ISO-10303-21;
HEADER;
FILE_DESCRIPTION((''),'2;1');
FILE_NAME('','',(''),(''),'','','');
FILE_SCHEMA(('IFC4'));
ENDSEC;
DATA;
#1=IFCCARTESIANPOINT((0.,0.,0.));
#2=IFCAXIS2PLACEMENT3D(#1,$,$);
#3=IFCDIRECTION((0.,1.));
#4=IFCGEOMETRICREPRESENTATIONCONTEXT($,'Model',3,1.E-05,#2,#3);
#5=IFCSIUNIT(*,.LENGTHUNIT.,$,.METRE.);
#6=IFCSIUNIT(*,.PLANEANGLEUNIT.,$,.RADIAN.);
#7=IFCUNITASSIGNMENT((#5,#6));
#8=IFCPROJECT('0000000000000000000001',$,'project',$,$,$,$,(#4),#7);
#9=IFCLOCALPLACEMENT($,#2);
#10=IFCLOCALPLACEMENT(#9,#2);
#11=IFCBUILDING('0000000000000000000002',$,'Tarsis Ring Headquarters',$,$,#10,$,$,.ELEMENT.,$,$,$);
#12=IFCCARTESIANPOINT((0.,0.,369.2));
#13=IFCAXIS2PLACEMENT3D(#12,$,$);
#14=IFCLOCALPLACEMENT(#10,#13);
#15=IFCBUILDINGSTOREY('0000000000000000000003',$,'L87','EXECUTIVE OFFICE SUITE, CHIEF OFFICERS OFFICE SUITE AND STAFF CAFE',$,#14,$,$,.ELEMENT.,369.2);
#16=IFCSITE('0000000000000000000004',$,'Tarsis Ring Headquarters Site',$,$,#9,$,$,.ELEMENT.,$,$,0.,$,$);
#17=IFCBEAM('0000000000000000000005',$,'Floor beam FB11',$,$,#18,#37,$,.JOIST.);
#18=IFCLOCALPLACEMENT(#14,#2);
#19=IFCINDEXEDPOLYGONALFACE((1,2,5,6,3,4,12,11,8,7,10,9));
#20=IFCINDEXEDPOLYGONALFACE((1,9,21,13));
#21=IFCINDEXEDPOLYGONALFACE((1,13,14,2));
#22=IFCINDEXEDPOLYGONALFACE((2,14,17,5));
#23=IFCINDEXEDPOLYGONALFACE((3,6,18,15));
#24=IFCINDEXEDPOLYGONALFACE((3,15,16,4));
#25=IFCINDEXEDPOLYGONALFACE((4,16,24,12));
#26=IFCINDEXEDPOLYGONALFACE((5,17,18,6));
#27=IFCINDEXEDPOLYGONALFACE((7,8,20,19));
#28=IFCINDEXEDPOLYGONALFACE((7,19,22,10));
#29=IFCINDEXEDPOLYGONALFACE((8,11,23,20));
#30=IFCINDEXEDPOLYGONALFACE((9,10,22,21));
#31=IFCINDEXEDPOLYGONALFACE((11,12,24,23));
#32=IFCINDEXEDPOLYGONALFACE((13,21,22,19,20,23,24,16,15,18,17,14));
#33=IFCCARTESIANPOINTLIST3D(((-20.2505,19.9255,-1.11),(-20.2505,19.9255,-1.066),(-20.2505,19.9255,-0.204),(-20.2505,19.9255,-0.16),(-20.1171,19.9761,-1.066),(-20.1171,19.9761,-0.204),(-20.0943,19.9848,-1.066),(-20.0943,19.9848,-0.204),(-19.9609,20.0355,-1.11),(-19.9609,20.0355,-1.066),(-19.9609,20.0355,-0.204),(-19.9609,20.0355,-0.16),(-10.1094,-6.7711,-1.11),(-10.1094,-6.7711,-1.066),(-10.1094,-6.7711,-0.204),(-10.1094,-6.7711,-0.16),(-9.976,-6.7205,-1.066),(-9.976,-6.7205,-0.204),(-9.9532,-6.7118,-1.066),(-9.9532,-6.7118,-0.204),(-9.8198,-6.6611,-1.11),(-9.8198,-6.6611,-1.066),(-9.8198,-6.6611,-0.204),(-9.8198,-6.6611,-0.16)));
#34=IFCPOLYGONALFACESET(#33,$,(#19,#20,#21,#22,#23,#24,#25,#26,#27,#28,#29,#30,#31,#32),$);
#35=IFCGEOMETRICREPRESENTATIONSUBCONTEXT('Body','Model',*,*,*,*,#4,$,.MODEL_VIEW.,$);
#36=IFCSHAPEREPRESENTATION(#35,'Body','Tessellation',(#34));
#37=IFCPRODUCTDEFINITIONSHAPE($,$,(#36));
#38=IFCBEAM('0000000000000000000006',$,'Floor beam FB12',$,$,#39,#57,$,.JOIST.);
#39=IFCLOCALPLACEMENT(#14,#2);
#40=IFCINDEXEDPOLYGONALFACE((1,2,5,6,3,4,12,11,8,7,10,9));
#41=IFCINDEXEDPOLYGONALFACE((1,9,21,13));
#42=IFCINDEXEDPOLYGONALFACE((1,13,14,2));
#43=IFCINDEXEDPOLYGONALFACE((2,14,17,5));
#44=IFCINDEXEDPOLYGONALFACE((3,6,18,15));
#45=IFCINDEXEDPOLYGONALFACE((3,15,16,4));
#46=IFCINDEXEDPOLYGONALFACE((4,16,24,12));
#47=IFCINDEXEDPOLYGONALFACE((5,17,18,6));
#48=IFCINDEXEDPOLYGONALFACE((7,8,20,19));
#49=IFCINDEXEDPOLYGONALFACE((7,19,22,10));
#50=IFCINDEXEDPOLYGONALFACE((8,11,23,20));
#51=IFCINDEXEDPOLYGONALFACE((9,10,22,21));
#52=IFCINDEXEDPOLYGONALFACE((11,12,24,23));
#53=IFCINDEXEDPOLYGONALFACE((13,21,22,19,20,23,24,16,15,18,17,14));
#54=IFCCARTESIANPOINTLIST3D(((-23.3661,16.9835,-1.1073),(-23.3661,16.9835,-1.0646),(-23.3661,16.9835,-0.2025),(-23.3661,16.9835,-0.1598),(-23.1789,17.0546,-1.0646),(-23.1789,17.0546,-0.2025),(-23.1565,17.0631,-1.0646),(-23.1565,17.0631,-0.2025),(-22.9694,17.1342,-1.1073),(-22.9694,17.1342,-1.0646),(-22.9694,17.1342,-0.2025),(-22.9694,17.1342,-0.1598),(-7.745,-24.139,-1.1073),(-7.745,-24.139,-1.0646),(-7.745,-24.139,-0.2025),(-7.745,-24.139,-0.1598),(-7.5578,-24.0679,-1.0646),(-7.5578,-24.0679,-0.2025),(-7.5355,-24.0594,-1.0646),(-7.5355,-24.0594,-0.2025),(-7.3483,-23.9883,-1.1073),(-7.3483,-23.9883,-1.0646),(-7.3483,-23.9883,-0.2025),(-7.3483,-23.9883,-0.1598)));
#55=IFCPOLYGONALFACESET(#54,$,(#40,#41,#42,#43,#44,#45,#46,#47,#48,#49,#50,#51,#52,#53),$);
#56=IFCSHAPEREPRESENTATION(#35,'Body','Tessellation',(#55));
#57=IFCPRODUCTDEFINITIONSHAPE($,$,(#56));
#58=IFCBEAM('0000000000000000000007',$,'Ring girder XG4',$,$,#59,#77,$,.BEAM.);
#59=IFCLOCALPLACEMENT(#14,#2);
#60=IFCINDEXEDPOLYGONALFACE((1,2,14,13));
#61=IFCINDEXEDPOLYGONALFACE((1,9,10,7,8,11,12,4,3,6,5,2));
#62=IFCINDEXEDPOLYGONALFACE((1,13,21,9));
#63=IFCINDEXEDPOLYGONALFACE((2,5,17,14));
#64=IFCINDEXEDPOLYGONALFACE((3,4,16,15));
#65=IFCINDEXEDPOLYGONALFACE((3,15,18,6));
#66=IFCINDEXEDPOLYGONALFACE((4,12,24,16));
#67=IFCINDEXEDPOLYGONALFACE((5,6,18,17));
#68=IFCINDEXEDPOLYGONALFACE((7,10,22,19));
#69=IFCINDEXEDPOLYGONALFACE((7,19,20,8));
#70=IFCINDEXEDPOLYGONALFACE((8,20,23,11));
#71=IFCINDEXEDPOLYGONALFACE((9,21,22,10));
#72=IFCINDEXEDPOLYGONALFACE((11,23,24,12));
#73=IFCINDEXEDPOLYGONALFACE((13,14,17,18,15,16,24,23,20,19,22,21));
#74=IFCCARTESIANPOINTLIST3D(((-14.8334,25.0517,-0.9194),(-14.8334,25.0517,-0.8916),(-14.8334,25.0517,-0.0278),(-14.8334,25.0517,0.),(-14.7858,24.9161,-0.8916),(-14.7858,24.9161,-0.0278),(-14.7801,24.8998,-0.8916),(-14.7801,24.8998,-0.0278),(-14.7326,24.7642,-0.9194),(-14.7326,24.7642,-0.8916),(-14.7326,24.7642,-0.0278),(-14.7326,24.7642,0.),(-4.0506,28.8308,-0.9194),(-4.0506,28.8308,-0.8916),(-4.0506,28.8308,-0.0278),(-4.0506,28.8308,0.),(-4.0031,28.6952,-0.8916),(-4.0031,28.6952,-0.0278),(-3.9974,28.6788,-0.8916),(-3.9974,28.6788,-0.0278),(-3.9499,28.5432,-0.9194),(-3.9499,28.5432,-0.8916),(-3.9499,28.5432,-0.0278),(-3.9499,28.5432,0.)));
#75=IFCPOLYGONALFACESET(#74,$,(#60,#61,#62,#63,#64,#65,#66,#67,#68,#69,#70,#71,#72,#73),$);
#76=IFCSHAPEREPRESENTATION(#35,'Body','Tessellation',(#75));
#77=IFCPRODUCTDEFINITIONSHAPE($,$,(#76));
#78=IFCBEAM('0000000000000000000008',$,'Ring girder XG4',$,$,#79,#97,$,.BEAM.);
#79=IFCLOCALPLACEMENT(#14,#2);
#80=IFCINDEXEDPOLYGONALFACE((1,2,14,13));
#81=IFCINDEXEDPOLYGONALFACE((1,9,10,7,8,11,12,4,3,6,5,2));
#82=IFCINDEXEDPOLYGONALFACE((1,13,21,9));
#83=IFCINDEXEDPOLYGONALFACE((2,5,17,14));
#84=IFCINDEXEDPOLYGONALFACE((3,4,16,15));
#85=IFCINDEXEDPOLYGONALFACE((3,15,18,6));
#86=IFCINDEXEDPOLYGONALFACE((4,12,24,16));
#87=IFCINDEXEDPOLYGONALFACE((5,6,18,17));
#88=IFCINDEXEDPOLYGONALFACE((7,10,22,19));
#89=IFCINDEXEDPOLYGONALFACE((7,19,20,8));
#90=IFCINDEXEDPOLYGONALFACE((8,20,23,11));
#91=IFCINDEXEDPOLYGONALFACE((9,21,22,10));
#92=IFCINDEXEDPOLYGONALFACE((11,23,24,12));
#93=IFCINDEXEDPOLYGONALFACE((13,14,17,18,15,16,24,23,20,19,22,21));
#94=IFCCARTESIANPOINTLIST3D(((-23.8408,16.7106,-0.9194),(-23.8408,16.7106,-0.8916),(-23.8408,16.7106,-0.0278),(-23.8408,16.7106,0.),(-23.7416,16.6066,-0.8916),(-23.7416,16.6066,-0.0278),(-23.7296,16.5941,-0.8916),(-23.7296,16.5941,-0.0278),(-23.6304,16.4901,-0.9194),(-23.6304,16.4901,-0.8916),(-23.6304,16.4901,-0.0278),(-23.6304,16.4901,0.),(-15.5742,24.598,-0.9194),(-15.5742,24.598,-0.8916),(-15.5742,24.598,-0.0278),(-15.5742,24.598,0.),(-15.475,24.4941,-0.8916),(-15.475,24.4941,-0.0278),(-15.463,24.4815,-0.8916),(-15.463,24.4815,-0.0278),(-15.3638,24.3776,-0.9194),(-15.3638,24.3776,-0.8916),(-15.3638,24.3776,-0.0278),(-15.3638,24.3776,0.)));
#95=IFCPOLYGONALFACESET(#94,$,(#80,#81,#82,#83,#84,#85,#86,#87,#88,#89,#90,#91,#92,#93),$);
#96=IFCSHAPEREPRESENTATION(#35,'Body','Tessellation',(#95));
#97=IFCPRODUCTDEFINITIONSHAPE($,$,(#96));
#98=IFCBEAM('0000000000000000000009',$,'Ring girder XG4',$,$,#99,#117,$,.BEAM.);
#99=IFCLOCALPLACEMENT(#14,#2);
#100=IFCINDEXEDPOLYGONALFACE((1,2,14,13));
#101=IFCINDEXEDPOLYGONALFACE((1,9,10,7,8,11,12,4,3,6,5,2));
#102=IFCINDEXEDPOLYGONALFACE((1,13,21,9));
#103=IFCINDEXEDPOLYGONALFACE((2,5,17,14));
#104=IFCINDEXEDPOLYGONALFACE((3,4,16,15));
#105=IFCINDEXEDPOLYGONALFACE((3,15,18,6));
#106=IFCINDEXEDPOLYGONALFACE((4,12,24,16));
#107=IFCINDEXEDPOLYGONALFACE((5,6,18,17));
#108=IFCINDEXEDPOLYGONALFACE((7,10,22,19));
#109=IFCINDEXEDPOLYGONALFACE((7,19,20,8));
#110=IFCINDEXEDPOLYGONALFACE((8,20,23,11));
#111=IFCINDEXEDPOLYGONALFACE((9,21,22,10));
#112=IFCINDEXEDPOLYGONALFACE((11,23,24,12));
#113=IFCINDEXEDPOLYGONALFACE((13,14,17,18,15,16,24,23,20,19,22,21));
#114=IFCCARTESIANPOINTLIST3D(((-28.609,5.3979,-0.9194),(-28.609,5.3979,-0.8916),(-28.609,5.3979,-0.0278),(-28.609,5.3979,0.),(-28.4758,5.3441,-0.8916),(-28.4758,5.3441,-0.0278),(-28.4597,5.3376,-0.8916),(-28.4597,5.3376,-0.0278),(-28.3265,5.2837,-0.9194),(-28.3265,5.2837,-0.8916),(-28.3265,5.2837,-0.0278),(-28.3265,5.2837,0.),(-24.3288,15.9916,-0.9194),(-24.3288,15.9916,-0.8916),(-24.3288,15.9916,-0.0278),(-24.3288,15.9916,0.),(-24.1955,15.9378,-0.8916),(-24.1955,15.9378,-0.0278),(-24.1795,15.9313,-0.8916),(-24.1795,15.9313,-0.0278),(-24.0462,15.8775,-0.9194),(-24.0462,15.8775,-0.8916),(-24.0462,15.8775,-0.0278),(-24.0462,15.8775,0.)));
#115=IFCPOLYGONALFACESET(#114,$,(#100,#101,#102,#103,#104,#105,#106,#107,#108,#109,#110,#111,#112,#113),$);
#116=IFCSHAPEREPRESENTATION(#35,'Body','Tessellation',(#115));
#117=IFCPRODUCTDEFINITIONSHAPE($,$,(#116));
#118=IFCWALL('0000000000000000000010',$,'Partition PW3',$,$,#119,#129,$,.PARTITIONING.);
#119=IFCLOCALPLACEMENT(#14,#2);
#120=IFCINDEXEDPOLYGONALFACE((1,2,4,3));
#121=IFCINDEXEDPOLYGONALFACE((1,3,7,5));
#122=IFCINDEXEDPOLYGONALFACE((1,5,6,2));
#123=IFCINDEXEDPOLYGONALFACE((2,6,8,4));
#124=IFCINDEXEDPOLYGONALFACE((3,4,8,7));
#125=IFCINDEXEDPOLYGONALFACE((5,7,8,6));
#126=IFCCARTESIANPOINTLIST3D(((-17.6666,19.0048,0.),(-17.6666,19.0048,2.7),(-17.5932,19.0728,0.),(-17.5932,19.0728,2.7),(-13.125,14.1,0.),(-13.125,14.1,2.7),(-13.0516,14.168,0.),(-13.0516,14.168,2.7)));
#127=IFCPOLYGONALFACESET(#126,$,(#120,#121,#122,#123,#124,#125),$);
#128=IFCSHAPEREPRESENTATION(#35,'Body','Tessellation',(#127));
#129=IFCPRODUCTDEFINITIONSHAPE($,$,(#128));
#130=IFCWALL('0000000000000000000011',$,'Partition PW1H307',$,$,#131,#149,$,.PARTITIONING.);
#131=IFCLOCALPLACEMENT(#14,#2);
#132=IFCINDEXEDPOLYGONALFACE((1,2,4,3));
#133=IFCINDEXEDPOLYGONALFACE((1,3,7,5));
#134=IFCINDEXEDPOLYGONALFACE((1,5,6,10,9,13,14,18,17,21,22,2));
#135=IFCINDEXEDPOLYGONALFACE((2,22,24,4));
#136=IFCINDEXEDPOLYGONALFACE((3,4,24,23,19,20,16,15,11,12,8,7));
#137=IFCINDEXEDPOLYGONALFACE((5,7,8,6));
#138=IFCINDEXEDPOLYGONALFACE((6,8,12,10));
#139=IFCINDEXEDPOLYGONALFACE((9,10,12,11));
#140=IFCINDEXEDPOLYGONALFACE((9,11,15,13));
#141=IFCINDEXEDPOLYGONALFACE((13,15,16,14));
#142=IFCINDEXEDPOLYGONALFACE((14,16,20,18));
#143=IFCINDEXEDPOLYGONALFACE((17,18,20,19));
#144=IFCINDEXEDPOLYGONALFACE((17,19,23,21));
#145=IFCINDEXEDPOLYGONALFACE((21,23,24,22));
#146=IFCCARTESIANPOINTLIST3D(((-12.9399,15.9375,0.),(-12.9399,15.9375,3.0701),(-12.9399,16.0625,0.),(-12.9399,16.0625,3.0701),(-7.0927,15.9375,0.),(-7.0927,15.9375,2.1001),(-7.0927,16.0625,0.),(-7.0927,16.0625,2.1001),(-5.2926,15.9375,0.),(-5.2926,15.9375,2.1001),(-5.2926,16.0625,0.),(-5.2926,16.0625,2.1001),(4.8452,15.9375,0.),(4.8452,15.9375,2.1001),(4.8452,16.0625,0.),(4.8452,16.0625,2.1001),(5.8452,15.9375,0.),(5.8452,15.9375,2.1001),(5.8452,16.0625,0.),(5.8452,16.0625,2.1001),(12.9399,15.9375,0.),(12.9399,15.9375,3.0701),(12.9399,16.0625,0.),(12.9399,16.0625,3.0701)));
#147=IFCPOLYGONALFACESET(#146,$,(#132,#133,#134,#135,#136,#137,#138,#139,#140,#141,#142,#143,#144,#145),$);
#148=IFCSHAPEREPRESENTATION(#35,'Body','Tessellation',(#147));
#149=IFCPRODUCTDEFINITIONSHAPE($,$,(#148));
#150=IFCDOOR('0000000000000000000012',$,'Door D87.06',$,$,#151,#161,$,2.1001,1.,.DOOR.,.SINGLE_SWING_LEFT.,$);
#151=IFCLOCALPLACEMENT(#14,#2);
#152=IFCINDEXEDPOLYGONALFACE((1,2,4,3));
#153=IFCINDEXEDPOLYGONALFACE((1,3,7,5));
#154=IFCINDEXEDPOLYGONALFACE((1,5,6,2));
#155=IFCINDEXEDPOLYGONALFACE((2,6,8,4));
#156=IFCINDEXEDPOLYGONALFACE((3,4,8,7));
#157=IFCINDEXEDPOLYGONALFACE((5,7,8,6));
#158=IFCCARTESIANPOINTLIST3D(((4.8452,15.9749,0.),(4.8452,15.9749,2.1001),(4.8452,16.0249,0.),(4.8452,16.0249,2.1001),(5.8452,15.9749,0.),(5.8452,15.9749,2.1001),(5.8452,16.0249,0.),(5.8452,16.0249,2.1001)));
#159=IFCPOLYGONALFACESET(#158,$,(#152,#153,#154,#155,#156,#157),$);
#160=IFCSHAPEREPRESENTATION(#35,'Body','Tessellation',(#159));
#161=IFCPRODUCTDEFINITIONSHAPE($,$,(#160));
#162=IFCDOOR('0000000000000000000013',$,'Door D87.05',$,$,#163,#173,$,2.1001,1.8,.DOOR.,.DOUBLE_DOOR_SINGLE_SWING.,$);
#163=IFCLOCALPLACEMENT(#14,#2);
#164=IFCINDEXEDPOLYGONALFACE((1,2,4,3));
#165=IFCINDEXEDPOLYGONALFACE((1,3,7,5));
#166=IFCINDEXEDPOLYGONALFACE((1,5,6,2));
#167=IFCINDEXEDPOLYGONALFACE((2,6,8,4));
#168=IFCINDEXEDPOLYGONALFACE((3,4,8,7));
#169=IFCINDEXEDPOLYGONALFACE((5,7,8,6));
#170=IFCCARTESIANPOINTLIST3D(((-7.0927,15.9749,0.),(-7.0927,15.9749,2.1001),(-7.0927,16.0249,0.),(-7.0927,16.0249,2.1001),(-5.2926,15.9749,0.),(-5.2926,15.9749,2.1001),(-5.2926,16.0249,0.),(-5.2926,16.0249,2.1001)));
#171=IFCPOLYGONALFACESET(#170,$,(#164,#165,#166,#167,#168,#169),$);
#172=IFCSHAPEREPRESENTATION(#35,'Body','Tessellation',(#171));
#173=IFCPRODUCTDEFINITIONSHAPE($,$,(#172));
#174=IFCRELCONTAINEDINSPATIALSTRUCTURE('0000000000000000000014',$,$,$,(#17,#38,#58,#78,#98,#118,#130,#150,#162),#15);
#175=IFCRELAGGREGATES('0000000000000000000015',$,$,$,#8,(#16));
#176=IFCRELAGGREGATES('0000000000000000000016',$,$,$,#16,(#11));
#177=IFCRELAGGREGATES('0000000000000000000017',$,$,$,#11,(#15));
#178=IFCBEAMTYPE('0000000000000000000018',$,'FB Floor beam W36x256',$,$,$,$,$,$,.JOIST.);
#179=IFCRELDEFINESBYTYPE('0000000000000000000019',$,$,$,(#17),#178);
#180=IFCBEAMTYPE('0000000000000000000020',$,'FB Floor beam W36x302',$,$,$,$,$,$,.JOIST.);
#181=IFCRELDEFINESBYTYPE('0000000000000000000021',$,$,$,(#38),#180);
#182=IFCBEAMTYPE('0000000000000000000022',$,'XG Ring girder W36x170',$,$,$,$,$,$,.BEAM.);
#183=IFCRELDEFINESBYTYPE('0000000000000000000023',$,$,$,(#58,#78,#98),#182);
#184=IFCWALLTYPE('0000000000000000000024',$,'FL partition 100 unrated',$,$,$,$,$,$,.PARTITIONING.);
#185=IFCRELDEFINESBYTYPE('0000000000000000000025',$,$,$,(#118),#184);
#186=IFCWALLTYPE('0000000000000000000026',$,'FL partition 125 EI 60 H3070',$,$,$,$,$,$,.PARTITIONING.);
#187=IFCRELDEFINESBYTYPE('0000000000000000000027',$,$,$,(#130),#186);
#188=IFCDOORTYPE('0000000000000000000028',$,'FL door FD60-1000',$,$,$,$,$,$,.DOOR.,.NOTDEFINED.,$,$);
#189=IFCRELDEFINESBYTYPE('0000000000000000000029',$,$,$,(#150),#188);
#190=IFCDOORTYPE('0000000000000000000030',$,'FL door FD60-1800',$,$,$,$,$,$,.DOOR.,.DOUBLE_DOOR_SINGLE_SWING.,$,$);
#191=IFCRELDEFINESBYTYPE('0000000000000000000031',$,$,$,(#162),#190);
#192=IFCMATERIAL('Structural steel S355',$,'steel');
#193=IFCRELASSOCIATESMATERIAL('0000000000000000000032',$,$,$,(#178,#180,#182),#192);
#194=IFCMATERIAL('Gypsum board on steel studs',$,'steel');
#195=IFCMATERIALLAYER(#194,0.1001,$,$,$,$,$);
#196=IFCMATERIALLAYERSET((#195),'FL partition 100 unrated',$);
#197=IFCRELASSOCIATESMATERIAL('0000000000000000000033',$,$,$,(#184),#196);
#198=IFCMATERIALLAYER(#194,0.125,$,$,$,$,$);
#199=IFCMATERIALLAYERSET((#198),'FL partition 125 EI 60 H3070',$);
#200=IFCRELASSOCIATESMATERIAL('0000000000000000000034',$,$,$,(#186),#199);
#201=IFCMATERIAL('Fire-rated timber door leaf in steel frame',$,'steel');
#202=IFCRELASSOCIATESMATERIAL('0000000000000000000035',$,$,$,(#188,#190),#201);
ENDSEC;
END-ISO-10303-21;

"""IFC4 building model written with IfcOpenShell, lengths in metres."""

from ifc_helpers import new_model, si_unit, direction, frame, frame_2d, origin, origin_2d, place, context, subcontext, project, spatial, rectangle, i_section, extrude, material, layer, layer_set, material_profile, profile_set, type_object, element, fill, save


model = new_model("IFC4")

# Units and contexts
model_context = context("Model", 3, precision=1e-05, world=origin(), true_north=direction((0.0, 1.0)))
body_context = subcontext(model_context, "Body", "Model", "MODEL_VIEW")
ifc_project = project(units=[si_unit("LENGTHUNIT", "METRE"), si_unit("PLANEANGLEUNIT", "RADIAN")], contexts=[model_context])

# Site, building, storey
site_placement = place(None, origin())
site = spatial("IfcSite", under=ifc_project, at=site_placement, Name="Tarsis Ring Headquarters Site", CompositionType="ELEMENT", RefElevation=0.0)
building_placement = place(site_placement, origin())
building = spatial("IfcBuilding", under=site, at=building_placement, Name="Tarsis Ring Headquarters", CompositionType="ELEMENT")
storey_placement = place(building_placement, frame((0.0, 0.0, 369.2)))
storey = spatial("IfcBuildingStorey", under=building, at=storey_placement, Name="L87", Description="EXECUTIVE OFFICE SUITE, CHIEF OFFICERS OFFICE SUITE AND STAFF CAFE", CompositionType="ELEMENT", Elevation=369.2)

# Shared definitions
ifc_material_1 = material(Name="Structural steel S355", Category="steel")

# Beams
ifc_material_profile_1 = material_profile(ifc_material_1, i_section(OverallWidth=0.3098, OverallDepth=0.95, WebThickness=0.0244, FlangeThickness=0.0439, at=origin_2d()), Name="W36x256")
ifc_profile_set_1 = profile_set([ifc_material_profile_1], Name="Structural steel S355")
beam_type_1 = type_object("IfcBeamType", Name="FB Floor beam W36x256", PredefinedType="JOIST", material=ifc_profile_set_1)
beam_1_placement = place(storey_placement, frame((-20.1057, 19.9805, -0.635), z_axis=(0.355109, -0.934825, 0.0), x_axis=(0.934825, 0.355109, 0.0)))
element("IfcBeam", 1, at=beam_1_placement, inside=storey, type_object=beam_type_1, Name="Floor beam FB11", PredefinedType="JOIST", context=body_context, shape_type="SweptSolid", body=[
    extrude(i_section(OverallWidth=0.3098, OverallDepth=0.95, WebThickness=0.0244, FlangeThickness=0.0439, at=origin_2d()), origin(), (0.0, 0.0, 1.0), 28.5579),
])
ifc_material_profile_2 = material_profile(ifc_material_1, i_section(OverallWidth=0.4243, OverallDepth=0.9475, WebThickness=0.0239, FlangeThickness=0.0427, at=origin_2d()), Name="W36x302")
ifc_profile_set_2 = profile_set([ifc_material_profile_2], Name="Structural steel S355")
beam_type_2 = type_object("IfcBeamType", Name="FB Floor beam W36x302", PredefinedType="JOIST", material=ifc_profile_set_2)
beam_2_placement = place(storey_placement, frame((-23.1677, 17.0588, -0.6335), z_axis=(0.355109, -0.934825, 0.0), x_axis=(0.934825, 0.355109, 0.0)))
element("IfcBeam", 2, at=beam_2_placement, inside=storey, type_object=beam_type_2, Name="Floor beam FB12", PredefinedType="JOIST", context=body_context, shape_type="SweptSolid", body=[
    extrude(i_section(OverallWidth=0.4243, OverallDepth=0.9475, WebThickness=0.0239, FlangeThickness=0.0427, at=origin_2d()), origin(), (0.0, 0.0, 1.0), 43.9895),
])
ifc_material_profile_3 = material_profile(ifc_material_1, i_section(OverallWidth=0.3047, OverallDepth=0.9194, WebThickness=0.0173, FlangeThickness=0.0278, at=origin_2d()), Name="W36x170")
ifc_profile_set_3 = profile_set([ifc_material_profile_3], Name="Structural steel S355")
beam_type_3 = type_object("IfcBeamType", Name="XG Ring girder W36x170", PredefinedType="BEAM", material=ifc_profile_set_3)
for number, where, z_axis, x_axis, name in (
    (3, (-4.0002, 28.687, -0.4597), (-0.943719, -0.330748, 0.0), (0.330748, -0.943719, 0.0), "Ring girder XG4"),
    (4, (-15.469, 24.4878, -0.4597), (-0.723504, -0.69032, 0.0), (0.69032, -0.723504, 0.0), "Ring girder XG4"),
    (5, (-24.1875, 15.9346, -0.4597), (-0.374616, -0.92718, 0.0), (0.92718, -0.374616, 0.0), "Ring girder XG4"),
):
    element("IfcBeam", number, at=place(storey_placement, frame(where, z_axis=z_axis, x_axis=x_axis)), inside=storey, type_object=beam_type_3, Name=name, PredefinedType="BEAM", context=body_context, shape_type="SweptSolid", body=[
        extrude(i_section(OverallWidth=0.3047, OverallDepth=0.9194, WebThickness=0.0173, FlangeThickness=0.0278, at=origin_2d()), origin(), (0.0, 0.0, 1.0), 11.4258),
    ])

# Wall
ifc_material_2 = material(Name="Gypsum board on steel studs", Category="steel")
ifc_layer_1 = layer(ifc_material_2, 0.1001)
ifc_layer_set_1 = layer_set([ifc_layer_1], Name="FL partition 100 unrated")
wall_type_1 = type_object("IfcWallType", Name="FL partition 100 unrated", PredefinedType="PARTITIONING", material=ifc_layer_set_1)
wall_1_placement = place(storey_placement, frame((-17.6299, 19.0388, 0.0), z_axis=(0.0, 0.0, 1.0), x_axis=(0.679411, -0.733758, 0.0)))
element("IfcWall", 6, at=wall_1_placement, inside=storey, type_object=wall_type_1, Name="Partition PW3", PredefinedType="PARTITIONING", context=body_context, shape_type="SweptSolid", body=[
    extrude(rectangle(XDim=6.6846, YDim=0.1001, at=frame_2d((3.3423, 0.0))), origin(), (0.0, 0.0, 1.0), 2.7),
])

# Wall, openings, doors
ifc_layer_2 = layer(ifc_material_2, 0.125)
ifc_layer_set_2 = layer_set([ifc_layer_2], Name="FL partition 125 EI 60 H3070")
wall_type_2 = type_object("IfcWallType", Name="FL partition 125 EI 60 H3070", PredefinedType="PARTITIONING", material=ifc_layer_set_2)
wall_2_placement = place(storey_placement, frame((-12.9399, 16.0, 0.0), z_axis=(0.0, 0.0, 1.0), x_axis=(1.0, 0.0, 0.0)))
wall_2 = element("IfcWall", 7, at=wall_2_placement, inside=storey, type_object=wall_type_2, Name="Partition PW1H307", PredefinedType="PARTITIONING", context=body_context, shape_type="SweptSolid", body=[
    extrude(rectangle(XDim=25.8799, YDim=0.125, at=frame_2d((12.9399, 0.0))), origin(), (0.0, 0.0, 1.0), 3.0701),
])
opening_1_placement = place(wall_2_placement, frame((5.8474, 0.0, 0.0)))
opening_1 = element("IfcOpeningElement", 8, at=opening_1_placement, cuts=wall_2, PredefinedType="OPENING", context=body_context, shape_type="SweptSolid", body=[
    extrude(rectangle(XDim=1.8, YDim=2.1001, at=frame_2d((0.8999, 1.05))), frame((0.0, 0.0725, 0.0), z_axis=(0.0, -1.0, 0.0), x_axis=(1.0, 0.0, 0.0)), (0.0, 0.0, 1.0), 0.145),
])
opening_2_placement = place(wall_2_placement, frame((17.7852, 0.0, 0.0)))
opening_2 = element("IfcOpeningElement", 9, at=opening_2_placement, cuts=wall_2, PredefinedType="OPENING", context=body_context, shape_type="SweptSolid", body=[
    extrude(rectangle(XDim=1.0, YDim=2.1001, at=frame_2d((0.5, 1.05))), frame((0.0, 0.0725, 0.0), z_axis=(0.0, -1.0, 0.0), x_axis=(1.0, 0.0, 0.0)), (0.0, 0.0, 1.0), 0.145),
])
ifc_material_3 = material(Name="Fire-rated timber door leaf in steel frame", Category="steel")
door_type_1 = type_object("IfcDoorType", Name="FL door FD60-1000", OperationType="NOTDEFINED", PredefinedType="DOOR", material=ifc_material_3)
door_1_placement = place(opening_2_placement, origin())
door_1 = element("IfcDoor", 10, at=door_1_placement, inside=storey, type_object=door_type_1, Name="Door D87.06", OperationType="SINGLE_SWING_LEFT", OverallHeight=2.1001, OverallWidth=1.0, PredefinedType="DOOR", context=body_context, shape_type="SweptSolid", body=[
    extrude(rectangle(XDim=1.0, YDim=2.1001, at=frame_2d((0.5, 1.05))), frame((0.0, 0.0249, 0.0), z_axis=(0.0, -1.0, 0.0), x_axis=(1.0, 0.0, 0.0)), (0.0, 0.0, 1.0), 0.05),
])
fill(opening_2, door_1)
door_type_2 = type_object("IfcDoorType", Name="FL door FD60-1800", OperationType="DOUBLE_DOOR_SINGLE_SWING", PredefinedType="DOOR", material=ifc_material_3)
door_2_placement = place(opening_1_placement, origin())
door_2 = element("IfcDoor", 11, at=door_2_placement, inside=storey, type_object=door_type_2, Name="Door D87.05", OperationType="DOUBLE_DOOR_SINGLE_SWING", OverallHeight=2.1001, OverallWidth=1.8, PredefinedType="DOOR", context=body_context, shape_type="SweptSolid", body=[
    extrude(rectangle(XDim=1.8, YDim=2.1001, at=frame_2d((0.8999, 1.05))), frame((0.0, 0.0249, 0.0), z_axis=(0.0, -1.0, 0.0), x_axis=(1.0, 0.0, 0.0)), (0.0, 0.0, 1.0), 0.05),
])
fill(opening_1, door_2)

save(model, "model.ifc")
